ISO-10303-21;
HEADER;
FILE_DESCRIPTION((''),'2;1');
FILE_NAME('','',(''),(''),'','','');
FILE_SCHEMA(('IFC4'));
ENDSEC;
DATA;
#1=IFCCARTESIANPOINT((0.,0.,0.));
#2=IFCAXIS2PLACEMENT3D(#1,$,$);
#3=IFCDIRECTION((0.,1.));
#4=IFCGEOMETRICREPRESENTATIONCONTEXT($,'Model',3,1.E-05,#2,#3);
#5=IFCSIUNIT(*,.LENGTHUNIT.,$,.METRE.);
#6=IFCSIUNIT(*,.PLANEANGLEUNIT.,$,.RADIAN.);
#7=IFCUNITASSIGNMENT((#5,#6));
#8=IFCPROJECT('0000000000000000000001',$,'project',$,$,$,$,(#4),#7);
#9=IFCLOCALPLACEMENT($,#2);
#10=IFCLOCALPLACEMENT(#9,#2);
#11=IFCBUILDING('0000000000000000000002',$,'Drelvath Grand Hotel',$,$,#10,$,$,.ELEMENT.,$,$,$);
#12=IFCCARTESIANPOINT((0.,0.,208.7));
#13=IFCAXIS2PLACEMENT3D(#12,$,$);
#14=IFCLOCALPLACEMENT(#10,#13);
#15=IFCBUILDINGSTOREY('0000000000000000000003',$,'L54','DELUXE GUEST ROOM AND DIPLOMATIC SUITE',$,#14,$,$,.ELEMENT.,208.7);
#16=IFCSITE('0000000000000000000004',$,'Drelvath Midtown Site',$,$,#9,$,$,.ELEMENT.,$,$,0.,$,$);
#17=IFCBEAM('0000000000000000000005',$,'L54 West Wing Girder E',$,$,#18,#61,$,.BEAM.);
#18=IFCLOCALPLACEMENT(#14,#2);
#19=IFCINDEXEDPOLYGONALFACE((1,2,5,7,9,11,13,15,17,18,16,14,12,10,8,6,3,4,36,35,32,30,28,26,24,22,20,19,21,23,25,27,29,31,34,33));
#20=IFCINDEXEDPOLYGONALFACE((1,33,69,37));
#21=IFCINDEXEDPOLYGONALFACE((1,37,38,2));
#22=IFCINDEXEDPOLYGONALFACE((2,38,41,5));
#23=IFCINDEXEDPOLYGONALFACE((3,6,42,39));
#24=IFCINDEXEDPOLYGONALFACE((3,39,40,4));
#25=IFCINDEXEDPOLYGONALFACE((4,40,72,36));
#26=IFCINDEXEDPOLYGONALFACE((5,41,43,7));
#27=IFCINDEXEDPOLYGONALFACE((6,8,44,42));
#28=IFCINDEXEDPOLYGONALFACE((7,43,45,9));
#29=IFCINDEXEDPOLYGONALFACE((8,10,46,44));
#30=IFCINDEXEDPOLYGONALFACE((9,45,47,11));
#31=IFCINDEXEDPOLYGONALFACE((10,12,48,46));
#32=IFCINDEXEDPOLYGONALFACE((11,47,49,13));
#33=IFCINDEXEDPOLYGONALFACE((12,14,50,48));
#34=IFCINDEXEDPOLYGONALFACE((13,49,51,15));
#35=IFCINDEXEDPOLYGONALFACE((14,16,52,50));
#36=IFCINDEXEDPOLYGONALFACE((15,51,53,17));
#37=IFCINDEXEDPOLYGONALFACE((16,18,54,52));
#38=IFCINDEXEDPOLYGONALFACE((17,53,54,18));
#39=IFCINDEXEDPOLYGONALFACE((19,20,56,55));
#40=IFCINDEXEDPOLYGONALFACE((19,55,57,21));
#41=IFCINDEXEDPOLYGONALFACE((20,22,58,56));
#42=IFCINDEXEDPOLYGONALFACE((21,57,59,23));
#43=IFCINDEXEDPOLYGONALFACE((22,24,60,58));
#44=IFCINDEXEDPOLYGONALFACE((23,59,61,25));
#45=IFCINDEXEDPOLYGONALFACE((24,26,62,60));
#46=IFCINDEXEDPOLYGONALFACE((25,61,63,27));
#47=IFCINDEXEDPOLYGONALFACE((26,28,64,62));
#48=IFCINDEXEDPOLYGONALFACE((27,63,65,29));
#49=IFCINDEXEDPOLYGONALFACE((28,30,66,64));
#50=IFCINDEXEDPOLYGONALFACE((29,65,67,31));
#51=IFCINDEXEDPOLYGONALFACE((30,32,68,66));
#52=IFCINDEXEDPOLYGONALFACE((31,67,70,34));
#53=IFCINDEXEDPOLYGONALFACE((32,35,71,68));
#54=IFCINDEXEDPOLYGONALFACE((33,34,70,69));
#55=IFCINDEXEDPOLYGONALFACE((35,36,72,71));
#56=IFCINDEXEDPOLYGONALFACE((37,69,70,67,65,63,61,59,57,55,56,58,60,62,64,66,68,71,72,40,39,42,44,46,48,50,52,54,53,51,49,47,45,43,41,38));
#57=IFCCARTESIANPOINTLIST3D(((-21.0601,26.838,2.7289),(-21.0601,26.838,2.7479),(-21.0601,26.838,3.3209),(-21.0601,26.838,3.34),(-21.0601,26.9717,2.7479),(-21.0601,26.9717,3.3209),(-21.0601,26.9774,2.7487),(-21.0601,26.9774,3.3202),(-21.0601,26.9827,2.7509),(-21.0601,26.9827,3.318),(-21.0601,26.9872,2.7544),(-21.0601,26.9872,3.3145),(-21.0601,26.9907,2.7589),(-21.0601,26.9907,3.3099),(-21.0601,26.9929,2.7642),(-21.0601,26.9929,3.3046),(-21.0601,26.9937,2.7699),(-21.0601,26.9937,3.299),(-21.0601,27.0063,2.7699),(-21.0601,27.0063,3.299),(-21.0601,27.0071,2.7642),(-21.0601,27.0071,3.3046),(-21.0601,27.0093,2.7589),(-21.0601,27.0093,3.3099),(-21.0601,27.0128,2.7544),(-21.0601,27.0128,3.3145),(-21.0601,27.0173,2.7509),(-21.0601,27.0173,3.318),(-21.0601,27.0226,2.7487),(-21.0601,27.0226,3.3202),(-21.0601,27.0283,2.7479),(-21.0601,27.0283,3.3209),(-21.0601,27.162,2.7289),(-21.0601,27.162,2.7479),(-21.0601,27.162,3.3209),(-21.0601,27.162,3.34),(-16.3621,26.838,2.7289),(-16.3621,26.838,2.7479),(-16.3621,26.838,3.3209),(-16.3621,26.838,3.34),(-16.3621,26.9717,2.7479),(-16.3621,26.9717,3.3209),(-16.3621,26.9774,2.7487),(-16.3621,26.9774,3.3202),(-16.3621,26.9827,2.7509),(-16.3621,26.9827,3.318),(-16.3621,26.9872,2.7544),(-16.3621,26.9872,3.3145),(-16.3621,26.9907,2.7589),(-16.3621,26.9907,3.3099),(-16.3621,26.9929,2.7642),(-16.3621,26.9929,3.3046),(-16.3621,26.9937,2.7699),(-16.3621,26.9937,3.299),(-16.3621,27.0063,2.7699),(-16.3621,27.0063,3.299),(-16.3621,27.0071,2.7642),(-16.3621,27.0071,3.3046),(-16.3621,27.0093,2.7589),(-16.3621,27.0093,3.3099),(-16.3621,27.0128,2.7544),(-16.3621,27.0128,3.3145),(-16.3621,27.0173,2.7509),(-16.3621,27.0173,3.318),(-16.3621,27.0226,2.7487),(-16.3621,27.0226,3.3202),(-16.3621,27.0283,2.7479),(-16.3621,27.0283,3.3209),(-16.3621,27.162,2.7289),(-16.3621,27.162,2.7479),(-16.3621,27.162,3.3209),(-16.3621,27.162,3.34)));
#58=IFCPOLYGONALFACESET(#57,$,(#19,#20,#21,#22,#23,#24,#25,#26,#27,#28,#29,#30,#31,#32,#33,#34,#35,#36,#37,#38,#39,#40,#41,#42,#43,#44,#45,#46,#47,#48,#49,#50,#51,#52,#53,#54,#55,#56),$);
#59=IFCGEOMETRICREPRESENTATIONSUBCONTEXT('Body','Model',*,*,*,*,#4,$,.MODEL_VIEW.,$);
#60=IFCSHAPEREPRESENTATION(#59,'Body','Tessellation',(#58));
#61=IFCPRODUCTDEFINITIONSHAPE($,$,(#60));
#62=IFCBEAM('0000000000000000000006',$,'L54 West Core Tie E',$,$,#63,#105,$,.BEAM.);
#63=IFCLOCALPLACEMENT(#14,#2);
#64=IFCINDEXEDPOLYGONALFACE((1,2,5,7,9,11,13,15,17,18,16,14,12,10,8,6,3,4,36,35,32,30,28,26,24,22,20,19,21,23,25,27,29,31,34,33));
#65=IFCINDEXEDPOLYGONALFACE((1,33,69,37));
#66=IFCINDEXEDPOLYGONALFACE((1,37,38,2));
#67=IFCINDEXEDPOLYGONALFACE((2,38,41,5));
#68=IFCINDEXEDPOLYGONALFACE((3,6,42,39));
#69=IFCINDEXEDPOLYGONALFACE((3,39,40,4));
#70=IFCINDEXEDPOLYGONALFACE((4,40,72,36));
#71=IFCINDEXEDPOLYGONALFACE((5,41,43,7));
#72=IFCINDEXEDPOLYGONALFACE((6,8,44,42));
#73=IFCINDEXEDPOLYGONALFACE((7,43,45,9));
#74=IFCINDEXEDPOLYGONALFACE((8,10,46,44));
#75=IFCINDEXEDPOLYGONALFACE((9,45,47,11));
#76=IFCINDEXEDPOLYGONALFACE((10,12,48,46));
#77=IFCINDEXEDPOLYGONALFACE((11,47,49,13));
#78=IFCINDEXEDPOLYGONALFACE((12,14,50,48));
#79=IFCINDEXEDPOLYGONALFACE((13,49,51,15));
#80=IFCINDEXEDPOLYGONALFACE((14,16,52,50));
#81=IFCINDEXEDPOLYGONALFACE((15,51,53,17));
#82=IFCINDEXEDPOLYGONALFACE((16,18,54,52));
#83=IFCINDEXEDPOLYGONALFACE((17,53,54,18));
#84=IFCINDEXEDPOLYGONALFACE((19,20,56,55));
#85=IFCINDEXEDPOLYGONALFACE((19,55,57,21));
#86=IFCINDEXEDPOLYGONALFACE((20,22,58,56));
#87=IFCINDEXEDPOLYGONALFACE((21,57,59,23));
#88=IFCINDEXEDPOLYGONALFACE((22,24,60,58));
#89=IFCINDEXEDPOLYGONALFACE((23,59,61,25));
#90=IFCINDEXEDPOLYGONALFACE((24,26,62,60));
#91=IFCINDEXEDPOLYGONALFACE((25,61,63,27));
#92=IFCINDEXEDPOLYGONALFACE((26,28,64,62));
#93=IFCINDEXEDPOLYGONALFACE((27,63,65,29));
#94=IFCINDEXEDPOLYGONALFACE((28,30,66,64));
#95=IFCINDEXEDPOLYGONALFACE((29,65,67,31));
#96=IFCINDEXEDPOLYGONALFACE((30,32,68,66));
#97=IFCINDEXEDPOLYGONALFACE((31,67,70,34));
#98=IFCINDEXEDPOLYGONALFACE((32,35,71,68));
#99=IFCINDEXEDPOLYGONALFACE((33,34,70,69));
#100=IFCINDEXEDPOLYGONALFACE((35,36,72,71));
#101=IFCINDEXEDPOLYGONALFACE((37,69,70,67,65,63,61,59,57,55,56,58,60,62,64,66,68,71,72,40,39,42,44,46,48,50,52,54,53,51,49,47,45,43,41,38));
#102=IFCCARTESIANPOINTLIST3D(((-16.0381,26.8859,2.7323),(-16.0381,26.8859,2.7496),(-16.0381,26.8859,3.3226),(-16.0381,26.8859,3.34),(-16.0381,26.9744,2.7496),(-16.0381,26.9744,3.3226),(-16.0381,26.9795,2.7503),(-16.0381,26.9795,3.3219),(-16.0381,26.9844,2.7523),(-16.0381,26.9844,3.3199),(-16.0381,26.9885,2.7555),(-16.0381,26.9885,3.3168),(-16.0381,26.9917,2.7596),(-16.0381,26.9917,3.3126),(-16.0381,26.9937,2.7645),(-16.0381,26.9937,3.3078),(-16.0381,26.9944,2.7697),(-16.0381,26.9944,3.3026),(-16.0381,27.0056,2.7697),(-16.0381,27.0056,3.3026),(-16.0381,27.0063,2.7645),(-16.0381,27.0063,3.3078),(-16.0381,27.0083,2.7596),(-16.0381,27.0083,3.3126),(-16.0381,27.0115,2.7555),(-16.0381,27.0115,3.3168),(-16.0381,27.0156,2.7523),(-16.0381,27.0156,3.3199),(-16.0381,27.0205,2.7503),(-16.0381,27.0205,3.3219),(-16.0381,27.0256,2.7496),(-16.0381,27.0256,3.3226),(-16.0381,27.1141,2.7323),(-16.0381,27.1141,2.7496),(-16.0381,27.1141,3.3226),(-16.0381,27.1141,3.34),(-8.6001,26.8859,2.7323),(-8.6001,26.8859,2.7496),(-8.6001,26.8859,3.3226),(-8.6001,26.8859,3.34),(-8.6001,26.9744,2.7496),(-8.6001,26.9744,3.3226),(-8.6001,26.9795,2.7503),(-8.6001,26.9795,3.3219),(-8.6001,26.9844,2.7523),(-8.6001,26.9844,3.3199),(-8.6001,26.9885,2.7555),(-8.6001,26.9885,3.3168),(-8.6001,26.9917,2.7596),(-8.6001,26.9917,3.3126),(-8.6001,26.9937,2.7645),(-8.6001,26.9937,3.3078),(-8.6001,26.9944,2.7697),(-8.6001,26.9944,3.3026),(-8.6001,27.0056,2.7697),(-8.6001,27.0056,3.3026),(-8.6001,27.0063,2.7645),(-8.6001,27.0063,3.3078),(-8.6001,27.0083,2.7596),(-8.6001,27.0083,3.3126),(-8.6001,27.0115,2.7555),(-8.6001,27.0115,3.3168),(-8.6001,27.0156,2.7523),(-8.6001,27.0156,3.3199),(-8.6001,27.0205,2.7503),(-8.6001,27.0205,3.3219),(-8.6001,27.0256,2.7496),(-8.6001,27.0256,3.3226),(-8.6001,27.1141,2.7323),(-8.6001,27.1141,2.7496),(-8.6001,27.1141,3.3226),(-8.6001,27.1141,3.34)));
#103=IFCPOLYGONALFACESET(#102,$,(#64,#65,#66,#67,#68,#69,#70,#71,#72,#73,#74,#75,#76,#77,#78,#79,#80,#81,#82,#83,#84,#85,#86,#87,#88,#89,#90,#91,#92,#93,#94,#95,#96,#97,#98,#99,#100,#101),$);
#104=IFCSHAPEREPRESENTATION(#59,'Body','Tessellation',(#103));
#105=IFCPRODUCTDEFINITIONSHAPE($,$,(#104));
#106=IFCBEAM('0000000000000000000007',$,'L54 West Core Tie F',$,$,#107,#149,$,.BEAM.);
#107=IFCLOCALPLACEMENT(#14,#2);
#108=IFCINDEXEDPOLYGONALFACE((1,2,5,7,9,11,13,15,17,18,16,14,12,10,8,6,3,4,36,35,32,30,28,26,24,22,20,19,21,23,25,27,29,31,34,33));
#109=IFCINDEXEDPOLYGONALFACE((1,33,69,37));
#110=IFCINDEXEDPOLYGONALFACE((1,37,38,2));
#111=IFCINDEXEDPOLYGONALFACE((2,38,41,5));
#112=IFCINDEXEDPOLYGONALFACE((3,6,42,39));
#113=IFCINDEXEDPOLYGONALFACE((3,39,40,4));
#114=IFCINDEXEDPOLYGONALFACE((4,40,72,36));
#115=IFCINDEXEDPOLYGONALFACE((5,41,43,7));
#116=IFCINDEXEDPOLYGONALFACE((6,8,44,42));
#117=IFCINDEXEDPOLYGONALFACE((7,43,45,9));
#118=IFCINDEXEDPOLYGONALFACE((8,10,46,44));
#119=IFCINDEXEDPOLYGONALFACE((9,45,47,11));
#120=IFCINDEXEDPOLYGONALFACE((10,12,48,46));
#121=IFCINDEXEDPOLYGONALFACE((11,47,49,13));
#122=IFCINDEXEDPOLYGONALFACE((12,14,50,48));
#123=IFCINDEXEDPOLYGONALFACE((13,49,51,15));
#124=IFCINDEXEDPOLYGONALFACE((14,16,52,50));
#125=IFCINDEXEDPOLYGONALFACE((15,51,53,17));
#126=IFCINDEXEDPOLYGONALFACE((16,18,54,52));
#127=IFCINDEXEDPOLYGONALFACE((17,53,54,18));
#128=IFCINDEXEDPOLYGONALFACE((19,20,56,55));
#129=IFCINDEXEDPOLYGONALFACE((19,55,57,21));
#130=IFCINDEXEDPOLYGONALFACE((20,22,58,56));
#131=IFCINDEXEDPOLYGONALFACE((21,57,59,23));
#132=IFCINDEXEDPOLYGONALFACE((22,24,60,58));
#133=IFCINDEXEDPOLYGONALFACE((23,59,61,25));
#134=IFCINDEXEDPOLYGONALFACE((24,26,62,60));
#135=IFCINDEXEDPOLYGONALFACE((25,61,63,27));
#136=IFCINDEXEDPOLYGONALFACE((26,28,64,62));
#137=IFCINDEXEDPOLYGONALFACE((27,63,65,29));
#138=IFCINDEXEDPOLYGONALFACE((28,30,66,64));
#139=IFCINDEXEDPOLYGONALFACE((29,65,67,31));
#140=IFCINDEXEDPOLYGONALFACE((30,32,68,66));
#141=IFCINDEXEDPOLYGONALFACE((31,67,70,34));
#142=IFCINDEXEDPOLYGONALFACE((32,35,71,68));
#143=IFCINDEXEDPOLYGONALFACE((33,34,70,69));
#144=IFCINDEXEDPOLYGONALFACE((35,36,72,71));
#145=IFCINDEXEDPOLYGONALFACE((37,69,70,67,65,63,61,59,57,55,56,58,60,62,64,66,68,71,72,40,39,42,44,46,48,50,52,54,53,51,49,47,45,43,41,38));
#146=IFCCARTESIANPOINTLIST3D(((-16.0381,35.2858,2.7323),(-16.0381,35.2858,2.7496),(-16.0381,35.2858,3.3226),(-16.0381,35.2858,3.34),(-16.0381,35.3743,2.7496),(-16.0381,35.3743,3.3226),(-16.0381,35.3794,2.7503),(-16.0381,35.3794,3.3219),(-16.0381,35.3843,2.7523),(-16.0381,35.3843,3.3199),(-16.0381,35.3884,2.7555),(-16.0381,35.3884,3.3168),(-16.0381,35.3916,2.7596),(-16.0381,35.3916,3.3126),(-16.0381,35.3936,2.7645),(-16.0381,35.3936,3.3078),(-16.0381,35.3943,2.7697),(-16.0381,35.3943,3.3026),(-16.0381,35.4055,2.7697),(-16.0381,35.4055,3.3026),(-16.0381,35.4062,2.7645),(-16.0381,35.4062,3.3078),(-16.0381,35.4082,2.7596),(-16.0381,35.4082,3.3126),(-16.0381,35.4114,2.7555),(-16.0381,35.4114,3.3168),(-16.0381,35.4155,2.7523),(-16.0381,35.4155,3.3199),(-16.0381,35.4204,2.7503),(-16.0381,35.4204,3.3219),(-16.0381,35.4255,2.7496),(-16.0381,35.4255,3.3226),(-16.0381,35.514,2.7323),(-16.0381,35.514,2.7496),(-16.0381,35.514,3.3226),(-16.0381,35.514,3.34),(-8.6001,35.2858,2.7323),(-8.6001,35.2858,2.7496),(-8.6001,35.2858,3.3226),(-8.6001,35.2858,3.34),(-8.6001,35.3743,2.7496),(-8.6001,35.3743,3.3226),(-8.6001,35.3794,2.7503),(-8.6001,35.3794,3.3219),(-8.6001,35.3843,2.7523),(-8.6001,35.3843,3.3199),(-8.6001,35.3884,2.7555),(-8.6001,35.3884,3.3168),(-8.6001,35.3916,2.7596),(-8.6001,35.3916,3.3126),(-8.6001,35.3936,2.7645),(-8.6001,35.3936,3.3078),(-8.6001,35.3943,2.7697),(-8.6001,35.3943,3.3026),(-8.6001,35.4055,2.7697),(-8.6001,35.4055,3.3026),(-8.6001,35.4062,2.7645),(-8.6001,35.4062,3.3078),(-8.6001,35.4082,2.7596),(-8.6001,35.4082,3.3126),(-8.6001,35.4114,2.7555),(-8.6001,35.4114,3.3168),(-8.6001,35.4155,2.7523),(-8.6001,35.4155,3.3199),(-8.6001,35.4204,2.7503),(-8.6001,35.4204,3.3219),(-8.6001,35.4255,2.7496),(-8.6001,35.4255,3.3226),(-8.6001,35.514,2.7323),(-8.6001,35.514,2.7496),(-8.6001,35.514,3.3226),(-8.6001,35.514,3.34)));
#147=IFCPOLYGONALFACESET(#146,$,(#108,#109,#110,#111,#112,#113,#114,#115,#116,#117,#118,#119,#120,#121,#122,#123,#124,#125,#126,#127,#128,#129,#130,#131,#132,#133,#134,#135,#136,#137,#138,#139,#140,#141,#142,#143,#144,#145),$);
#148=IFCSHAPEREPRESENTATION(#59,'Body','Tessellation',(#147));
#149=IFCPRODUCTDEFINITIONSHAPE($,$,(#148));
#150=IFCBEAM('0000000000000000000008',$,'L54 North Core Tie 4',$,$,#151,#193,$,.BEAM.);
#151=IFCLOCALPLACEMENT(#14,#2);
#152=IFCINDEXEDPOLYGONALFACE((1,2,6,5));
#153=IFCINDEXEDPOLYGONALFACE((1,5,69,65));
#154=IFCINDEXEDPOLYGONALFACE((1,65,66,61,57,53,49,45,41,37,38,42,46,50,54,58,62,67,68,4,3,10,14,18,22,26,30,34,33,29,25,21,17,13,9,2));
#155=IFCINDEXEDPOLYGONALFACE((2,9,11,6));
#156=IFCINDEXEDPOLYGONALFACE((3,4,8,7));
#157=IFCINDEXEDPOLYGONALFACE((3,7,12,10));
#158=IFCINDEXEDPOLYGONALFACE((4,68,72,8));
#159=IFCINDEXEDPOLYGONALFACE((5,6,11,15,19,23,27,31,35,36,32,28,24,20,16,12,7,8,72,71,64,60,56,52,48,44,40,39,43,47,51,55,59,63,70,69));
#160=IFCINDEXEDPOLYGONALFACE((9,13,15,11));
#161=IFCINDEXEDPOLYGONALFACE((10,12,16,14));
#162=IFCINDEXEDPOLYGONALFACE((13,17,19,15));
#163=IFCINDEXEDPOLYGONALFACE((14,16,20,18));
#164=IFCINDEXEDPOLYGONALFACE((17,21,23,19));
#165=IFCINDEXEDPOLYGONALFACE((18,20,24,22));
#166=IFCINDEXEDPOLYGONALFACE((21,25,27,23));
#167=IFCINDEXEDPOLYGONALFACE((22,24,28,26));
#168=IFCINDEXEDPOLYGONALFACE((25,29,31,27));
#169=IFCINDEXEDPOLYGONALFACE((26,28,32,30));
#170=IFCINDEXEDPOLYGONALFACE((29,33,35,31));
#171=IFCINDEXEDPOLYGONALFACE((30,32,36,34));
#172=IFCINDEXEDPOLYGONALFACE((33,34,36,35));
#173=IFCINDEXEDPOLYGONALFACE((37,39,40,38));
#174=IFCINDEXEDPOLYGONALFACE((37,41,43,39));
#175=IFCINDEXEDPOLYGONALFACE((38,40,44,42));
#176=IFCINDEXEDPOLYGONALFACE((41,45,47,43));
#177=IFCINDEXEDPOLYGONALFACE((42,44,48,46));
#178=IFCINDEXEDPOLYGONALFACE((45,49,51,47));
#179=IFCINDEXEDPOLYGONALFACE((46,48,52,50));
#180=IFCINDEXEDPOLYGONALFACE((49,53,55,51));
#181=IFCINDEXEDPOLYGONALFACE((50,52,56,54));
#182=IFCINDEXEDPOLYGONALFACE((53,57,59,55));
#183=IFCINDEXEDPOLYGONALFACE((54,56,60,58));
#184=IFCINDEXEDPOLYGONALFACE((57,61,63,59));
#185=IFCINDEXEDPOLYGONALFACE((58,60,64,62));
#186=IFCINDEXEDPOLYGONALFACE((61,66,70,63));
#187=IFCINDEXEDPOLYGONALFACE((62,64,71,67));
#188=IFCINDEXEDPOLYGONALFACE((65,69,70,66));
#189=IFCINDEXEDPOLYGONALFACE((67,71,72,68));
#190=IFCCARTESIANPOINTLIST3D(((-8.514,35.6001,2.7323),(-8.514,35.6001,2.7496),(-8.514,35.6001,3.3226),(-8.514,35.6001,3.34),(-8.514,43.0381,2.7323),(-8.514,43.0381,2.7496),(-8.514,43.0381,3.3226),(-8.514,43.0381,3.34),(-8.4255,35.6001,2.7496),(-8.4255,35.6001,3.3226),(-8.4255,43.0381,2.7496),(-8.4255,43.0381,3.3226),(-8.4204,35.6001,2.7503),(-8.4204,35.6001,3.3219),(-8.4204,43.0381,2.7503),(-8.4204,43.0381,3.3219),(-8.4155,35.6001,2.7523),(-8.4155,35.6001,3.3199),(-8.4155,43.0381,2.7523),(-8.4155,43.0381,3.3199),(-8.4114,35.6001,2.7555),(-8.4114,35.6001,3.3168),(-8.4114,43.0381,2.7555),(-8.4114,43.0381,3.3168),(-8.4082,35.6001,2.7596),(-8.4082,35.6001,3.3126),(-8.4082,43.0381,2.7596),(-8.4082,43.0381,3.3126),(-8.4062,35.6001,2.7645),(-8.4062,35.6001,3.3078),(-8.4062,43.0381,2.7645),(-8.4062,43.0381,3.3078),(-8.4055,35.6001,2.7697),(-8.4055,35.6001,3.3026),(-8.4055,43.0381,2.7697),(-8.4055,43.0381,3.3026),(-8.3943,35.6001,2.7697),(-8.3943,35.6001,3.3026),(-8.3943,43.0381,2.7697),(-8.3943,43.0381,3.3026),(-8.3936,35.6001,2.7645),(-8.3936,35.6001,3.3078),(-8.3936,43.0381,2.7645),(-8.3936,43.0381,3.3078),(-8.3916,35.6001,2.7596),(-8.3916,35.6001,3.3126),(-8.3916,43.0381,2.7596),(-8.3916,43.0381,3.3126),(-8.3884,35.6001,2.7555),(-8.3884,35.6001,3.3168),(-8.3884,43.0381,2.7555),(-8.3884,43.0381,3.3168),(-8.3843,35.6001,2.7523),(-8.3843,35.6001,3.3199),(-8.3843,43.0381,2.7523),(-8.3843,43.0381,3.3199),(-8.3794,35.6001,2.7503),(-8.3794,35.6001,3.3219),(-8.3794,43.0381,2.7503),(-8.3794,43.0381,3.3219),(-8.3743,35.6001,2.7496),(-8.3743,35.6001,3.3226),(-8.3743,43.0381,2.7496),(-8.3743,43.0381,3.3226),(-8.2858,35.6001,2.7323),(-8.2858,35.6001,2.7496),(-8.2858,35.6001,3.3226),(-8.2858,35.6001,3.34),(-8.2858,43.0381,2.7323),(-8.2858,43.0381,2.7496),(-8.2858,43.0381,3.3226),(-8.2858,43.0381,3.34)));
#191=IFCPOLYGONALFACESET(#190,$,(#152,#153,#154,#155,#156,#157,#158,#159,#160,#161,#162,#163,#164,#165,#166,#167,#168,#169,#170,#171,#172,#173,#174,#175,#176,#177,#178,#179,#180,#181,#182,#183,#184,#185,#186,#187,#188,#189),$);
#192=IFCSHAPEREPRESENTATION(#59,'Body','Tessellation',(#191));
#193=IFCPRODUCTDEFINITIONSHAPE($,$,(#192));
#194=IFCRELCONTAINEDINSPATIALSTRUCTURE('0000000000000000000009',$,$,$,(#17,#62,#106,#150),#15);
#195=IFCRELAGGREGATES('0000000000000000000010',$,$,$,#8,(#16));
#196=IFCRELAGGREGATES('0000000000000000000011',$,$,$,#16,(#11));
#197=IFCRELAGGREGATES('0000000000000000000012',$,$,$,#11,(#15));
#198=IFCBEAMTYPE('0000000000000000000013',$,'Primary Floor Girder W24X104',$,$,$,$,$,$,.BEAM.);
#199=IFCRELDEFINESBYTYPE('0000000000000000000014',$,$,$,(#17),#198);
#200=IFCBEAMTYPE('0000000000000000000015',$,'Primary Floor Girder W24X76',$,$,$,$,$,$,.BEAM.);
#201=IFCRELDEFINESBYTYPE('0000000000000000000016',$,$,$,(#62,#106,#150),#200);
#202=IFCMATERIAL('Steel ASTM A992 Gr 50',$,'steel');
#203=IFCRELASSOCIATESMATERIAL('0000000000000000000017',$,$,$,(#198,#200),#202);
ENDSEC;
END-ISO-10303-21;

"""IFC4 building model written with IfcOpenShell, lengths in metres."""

from ifc_helpers import new_model, si_unit, direction, frame, origin, origin_2d, place, context, subcontext, project, spatial, i_section, extrude, material, material_profile, profile_set, type_object, element, save


model = new_model("IFC4")

# Units and contexts
model_context = context("Model", 3, precision=1e-05, world=origin(), true_north=direction((0.0, 1.0)))
body_context = subcontext(model_context, "Body", "Model", "MODEL_VIEW")
ifc_project = project(units=[si_unit("LENGTHUNIT", "METRE"), si_unit("PLANEANGLEUNIT", "RADIAN")], contexts=[model_context])

# Site, building, storey
site_placement = place(None, origin())
site = spatial("IfcSite", under=ifc_project, at=site_placement, Name="Drelvath Midtown Site", CompositionType="ELEMENT", RefElevation=0.0)
building_placement = place(site_placement, origin())
building = spatial("IfcBuilding", under=site, at=building_placement, Name="Drelvath Grand Hotel", CompositionType="ELEMENT")
storey_placement = place(building_placement, frame((0.0, 0.0, 208.7)))
storey = spatial("IfcBuildingStorey", under=building, at=storey_placement, Name="L54", Description="DELUXE GUEST ROOM AND DIPLOMATIC SUITE", CompositionType="ELEMENT", Elevation=208.7)

# Beams
ifc_material_1 = material(Name="Steel ASTM A992 Gr 50", Category="steel")
ifc_material_profile_1 = material_profile(ifc_material_1, i_section(OverallWidth=0.324, OverallDepth=0.6111, WebThickness=0.0127, FlangeThickness=0.019, FilletRadius=0.022, at=origin_2d()), Name="W24X104")
ifc_profile_set_1 = profile_set([ifc_material_profile_1], Name="Steel ASTM A992 Gr 50")
beam_type_1 = type_object("IfcBeamType", Name="Primary Floor Girder W24X104", PredefinedType="BEAM", material=ifc_profile_set_1)
beam_placement = place(storey_placement, frame((-21.0601, 27.0, 3.0344), z_axis=(1.0, 0.0, 0.0), x_axis=(0.0, 1.0, 0.0)))
element("IfcBeam", 1, at=beam_placement, inside=storey, type_object=beam_type_1, Name="L54 West Wing Girder E", PredefinedType="BEAM", context=body_context, shape_type="SweptSolid", body=[
    extrude(i_section(OverallWidth=0.324, OverallDepth=0.6111, WebThickness=0.0127, FlangeThickness=0.019, FilletRadius=0.022, at=origin_2d()), origin(), (0.0, 0.0, 1.0), 4.698),
])
ifc_material_profile_2 = material_profile(ifc_material_1, i_section(OverallWidth=0.2283, OverallDepth=0.6077, WebThickness=0.0112, FlangeThickness=0.0173, FilletRadius=0.02, at=origin_2d()), Name="W24X76")
ifc_profile_set_2 = profile_set([ifc_material_profile_2], Name="Steel ASTM A992 Gr 50")
beam_type_2 = type_object("IfcBeamType", Name="Primary Floor Girder W24X76", PredefinedType="BEAM", material=ifc_profile_set_2)
for number, where, z_axis, x_axis, name in (
    (2, (-16.0381, 27.0, 3.0361), (1.0, 0.0, 0.0), (0.0, 1.0, 0.0), "L54 West Core Tie E"),
    (3, (-16.0381, 35.3999, 3.0361), (1.0, 0.0, 0.0), (0.0, 1.0, 0.0), "L54 West Core Tie F"),
    (4, (-8.3999, 35.6001, 3.0361), (0.0, 1.0, 0.0), (-1.0, 0.0, 0.0), "L54 North Core Tie 4"),
):
    element("IfcBeam", number, at=place(storey_placement, frame(where, z_axis=z_axis, x_axis=x_axis)), inside=storey, type_object=beam_type_2, Name=name, PredefinedType="BEAM", context=body_context, shape_type="SweptSolid", body=[
        extrude(i_section(OverallWidth=0.2283, OverallDepth=0.6077, WebThickness=0.0112, FlangeThickness=0.0173, FilletRadius=0.02, at=origin_2d()), origin(), (0.0, 0.0, 1.0), 7.438),
    ])

save(model, "model.ifc")
